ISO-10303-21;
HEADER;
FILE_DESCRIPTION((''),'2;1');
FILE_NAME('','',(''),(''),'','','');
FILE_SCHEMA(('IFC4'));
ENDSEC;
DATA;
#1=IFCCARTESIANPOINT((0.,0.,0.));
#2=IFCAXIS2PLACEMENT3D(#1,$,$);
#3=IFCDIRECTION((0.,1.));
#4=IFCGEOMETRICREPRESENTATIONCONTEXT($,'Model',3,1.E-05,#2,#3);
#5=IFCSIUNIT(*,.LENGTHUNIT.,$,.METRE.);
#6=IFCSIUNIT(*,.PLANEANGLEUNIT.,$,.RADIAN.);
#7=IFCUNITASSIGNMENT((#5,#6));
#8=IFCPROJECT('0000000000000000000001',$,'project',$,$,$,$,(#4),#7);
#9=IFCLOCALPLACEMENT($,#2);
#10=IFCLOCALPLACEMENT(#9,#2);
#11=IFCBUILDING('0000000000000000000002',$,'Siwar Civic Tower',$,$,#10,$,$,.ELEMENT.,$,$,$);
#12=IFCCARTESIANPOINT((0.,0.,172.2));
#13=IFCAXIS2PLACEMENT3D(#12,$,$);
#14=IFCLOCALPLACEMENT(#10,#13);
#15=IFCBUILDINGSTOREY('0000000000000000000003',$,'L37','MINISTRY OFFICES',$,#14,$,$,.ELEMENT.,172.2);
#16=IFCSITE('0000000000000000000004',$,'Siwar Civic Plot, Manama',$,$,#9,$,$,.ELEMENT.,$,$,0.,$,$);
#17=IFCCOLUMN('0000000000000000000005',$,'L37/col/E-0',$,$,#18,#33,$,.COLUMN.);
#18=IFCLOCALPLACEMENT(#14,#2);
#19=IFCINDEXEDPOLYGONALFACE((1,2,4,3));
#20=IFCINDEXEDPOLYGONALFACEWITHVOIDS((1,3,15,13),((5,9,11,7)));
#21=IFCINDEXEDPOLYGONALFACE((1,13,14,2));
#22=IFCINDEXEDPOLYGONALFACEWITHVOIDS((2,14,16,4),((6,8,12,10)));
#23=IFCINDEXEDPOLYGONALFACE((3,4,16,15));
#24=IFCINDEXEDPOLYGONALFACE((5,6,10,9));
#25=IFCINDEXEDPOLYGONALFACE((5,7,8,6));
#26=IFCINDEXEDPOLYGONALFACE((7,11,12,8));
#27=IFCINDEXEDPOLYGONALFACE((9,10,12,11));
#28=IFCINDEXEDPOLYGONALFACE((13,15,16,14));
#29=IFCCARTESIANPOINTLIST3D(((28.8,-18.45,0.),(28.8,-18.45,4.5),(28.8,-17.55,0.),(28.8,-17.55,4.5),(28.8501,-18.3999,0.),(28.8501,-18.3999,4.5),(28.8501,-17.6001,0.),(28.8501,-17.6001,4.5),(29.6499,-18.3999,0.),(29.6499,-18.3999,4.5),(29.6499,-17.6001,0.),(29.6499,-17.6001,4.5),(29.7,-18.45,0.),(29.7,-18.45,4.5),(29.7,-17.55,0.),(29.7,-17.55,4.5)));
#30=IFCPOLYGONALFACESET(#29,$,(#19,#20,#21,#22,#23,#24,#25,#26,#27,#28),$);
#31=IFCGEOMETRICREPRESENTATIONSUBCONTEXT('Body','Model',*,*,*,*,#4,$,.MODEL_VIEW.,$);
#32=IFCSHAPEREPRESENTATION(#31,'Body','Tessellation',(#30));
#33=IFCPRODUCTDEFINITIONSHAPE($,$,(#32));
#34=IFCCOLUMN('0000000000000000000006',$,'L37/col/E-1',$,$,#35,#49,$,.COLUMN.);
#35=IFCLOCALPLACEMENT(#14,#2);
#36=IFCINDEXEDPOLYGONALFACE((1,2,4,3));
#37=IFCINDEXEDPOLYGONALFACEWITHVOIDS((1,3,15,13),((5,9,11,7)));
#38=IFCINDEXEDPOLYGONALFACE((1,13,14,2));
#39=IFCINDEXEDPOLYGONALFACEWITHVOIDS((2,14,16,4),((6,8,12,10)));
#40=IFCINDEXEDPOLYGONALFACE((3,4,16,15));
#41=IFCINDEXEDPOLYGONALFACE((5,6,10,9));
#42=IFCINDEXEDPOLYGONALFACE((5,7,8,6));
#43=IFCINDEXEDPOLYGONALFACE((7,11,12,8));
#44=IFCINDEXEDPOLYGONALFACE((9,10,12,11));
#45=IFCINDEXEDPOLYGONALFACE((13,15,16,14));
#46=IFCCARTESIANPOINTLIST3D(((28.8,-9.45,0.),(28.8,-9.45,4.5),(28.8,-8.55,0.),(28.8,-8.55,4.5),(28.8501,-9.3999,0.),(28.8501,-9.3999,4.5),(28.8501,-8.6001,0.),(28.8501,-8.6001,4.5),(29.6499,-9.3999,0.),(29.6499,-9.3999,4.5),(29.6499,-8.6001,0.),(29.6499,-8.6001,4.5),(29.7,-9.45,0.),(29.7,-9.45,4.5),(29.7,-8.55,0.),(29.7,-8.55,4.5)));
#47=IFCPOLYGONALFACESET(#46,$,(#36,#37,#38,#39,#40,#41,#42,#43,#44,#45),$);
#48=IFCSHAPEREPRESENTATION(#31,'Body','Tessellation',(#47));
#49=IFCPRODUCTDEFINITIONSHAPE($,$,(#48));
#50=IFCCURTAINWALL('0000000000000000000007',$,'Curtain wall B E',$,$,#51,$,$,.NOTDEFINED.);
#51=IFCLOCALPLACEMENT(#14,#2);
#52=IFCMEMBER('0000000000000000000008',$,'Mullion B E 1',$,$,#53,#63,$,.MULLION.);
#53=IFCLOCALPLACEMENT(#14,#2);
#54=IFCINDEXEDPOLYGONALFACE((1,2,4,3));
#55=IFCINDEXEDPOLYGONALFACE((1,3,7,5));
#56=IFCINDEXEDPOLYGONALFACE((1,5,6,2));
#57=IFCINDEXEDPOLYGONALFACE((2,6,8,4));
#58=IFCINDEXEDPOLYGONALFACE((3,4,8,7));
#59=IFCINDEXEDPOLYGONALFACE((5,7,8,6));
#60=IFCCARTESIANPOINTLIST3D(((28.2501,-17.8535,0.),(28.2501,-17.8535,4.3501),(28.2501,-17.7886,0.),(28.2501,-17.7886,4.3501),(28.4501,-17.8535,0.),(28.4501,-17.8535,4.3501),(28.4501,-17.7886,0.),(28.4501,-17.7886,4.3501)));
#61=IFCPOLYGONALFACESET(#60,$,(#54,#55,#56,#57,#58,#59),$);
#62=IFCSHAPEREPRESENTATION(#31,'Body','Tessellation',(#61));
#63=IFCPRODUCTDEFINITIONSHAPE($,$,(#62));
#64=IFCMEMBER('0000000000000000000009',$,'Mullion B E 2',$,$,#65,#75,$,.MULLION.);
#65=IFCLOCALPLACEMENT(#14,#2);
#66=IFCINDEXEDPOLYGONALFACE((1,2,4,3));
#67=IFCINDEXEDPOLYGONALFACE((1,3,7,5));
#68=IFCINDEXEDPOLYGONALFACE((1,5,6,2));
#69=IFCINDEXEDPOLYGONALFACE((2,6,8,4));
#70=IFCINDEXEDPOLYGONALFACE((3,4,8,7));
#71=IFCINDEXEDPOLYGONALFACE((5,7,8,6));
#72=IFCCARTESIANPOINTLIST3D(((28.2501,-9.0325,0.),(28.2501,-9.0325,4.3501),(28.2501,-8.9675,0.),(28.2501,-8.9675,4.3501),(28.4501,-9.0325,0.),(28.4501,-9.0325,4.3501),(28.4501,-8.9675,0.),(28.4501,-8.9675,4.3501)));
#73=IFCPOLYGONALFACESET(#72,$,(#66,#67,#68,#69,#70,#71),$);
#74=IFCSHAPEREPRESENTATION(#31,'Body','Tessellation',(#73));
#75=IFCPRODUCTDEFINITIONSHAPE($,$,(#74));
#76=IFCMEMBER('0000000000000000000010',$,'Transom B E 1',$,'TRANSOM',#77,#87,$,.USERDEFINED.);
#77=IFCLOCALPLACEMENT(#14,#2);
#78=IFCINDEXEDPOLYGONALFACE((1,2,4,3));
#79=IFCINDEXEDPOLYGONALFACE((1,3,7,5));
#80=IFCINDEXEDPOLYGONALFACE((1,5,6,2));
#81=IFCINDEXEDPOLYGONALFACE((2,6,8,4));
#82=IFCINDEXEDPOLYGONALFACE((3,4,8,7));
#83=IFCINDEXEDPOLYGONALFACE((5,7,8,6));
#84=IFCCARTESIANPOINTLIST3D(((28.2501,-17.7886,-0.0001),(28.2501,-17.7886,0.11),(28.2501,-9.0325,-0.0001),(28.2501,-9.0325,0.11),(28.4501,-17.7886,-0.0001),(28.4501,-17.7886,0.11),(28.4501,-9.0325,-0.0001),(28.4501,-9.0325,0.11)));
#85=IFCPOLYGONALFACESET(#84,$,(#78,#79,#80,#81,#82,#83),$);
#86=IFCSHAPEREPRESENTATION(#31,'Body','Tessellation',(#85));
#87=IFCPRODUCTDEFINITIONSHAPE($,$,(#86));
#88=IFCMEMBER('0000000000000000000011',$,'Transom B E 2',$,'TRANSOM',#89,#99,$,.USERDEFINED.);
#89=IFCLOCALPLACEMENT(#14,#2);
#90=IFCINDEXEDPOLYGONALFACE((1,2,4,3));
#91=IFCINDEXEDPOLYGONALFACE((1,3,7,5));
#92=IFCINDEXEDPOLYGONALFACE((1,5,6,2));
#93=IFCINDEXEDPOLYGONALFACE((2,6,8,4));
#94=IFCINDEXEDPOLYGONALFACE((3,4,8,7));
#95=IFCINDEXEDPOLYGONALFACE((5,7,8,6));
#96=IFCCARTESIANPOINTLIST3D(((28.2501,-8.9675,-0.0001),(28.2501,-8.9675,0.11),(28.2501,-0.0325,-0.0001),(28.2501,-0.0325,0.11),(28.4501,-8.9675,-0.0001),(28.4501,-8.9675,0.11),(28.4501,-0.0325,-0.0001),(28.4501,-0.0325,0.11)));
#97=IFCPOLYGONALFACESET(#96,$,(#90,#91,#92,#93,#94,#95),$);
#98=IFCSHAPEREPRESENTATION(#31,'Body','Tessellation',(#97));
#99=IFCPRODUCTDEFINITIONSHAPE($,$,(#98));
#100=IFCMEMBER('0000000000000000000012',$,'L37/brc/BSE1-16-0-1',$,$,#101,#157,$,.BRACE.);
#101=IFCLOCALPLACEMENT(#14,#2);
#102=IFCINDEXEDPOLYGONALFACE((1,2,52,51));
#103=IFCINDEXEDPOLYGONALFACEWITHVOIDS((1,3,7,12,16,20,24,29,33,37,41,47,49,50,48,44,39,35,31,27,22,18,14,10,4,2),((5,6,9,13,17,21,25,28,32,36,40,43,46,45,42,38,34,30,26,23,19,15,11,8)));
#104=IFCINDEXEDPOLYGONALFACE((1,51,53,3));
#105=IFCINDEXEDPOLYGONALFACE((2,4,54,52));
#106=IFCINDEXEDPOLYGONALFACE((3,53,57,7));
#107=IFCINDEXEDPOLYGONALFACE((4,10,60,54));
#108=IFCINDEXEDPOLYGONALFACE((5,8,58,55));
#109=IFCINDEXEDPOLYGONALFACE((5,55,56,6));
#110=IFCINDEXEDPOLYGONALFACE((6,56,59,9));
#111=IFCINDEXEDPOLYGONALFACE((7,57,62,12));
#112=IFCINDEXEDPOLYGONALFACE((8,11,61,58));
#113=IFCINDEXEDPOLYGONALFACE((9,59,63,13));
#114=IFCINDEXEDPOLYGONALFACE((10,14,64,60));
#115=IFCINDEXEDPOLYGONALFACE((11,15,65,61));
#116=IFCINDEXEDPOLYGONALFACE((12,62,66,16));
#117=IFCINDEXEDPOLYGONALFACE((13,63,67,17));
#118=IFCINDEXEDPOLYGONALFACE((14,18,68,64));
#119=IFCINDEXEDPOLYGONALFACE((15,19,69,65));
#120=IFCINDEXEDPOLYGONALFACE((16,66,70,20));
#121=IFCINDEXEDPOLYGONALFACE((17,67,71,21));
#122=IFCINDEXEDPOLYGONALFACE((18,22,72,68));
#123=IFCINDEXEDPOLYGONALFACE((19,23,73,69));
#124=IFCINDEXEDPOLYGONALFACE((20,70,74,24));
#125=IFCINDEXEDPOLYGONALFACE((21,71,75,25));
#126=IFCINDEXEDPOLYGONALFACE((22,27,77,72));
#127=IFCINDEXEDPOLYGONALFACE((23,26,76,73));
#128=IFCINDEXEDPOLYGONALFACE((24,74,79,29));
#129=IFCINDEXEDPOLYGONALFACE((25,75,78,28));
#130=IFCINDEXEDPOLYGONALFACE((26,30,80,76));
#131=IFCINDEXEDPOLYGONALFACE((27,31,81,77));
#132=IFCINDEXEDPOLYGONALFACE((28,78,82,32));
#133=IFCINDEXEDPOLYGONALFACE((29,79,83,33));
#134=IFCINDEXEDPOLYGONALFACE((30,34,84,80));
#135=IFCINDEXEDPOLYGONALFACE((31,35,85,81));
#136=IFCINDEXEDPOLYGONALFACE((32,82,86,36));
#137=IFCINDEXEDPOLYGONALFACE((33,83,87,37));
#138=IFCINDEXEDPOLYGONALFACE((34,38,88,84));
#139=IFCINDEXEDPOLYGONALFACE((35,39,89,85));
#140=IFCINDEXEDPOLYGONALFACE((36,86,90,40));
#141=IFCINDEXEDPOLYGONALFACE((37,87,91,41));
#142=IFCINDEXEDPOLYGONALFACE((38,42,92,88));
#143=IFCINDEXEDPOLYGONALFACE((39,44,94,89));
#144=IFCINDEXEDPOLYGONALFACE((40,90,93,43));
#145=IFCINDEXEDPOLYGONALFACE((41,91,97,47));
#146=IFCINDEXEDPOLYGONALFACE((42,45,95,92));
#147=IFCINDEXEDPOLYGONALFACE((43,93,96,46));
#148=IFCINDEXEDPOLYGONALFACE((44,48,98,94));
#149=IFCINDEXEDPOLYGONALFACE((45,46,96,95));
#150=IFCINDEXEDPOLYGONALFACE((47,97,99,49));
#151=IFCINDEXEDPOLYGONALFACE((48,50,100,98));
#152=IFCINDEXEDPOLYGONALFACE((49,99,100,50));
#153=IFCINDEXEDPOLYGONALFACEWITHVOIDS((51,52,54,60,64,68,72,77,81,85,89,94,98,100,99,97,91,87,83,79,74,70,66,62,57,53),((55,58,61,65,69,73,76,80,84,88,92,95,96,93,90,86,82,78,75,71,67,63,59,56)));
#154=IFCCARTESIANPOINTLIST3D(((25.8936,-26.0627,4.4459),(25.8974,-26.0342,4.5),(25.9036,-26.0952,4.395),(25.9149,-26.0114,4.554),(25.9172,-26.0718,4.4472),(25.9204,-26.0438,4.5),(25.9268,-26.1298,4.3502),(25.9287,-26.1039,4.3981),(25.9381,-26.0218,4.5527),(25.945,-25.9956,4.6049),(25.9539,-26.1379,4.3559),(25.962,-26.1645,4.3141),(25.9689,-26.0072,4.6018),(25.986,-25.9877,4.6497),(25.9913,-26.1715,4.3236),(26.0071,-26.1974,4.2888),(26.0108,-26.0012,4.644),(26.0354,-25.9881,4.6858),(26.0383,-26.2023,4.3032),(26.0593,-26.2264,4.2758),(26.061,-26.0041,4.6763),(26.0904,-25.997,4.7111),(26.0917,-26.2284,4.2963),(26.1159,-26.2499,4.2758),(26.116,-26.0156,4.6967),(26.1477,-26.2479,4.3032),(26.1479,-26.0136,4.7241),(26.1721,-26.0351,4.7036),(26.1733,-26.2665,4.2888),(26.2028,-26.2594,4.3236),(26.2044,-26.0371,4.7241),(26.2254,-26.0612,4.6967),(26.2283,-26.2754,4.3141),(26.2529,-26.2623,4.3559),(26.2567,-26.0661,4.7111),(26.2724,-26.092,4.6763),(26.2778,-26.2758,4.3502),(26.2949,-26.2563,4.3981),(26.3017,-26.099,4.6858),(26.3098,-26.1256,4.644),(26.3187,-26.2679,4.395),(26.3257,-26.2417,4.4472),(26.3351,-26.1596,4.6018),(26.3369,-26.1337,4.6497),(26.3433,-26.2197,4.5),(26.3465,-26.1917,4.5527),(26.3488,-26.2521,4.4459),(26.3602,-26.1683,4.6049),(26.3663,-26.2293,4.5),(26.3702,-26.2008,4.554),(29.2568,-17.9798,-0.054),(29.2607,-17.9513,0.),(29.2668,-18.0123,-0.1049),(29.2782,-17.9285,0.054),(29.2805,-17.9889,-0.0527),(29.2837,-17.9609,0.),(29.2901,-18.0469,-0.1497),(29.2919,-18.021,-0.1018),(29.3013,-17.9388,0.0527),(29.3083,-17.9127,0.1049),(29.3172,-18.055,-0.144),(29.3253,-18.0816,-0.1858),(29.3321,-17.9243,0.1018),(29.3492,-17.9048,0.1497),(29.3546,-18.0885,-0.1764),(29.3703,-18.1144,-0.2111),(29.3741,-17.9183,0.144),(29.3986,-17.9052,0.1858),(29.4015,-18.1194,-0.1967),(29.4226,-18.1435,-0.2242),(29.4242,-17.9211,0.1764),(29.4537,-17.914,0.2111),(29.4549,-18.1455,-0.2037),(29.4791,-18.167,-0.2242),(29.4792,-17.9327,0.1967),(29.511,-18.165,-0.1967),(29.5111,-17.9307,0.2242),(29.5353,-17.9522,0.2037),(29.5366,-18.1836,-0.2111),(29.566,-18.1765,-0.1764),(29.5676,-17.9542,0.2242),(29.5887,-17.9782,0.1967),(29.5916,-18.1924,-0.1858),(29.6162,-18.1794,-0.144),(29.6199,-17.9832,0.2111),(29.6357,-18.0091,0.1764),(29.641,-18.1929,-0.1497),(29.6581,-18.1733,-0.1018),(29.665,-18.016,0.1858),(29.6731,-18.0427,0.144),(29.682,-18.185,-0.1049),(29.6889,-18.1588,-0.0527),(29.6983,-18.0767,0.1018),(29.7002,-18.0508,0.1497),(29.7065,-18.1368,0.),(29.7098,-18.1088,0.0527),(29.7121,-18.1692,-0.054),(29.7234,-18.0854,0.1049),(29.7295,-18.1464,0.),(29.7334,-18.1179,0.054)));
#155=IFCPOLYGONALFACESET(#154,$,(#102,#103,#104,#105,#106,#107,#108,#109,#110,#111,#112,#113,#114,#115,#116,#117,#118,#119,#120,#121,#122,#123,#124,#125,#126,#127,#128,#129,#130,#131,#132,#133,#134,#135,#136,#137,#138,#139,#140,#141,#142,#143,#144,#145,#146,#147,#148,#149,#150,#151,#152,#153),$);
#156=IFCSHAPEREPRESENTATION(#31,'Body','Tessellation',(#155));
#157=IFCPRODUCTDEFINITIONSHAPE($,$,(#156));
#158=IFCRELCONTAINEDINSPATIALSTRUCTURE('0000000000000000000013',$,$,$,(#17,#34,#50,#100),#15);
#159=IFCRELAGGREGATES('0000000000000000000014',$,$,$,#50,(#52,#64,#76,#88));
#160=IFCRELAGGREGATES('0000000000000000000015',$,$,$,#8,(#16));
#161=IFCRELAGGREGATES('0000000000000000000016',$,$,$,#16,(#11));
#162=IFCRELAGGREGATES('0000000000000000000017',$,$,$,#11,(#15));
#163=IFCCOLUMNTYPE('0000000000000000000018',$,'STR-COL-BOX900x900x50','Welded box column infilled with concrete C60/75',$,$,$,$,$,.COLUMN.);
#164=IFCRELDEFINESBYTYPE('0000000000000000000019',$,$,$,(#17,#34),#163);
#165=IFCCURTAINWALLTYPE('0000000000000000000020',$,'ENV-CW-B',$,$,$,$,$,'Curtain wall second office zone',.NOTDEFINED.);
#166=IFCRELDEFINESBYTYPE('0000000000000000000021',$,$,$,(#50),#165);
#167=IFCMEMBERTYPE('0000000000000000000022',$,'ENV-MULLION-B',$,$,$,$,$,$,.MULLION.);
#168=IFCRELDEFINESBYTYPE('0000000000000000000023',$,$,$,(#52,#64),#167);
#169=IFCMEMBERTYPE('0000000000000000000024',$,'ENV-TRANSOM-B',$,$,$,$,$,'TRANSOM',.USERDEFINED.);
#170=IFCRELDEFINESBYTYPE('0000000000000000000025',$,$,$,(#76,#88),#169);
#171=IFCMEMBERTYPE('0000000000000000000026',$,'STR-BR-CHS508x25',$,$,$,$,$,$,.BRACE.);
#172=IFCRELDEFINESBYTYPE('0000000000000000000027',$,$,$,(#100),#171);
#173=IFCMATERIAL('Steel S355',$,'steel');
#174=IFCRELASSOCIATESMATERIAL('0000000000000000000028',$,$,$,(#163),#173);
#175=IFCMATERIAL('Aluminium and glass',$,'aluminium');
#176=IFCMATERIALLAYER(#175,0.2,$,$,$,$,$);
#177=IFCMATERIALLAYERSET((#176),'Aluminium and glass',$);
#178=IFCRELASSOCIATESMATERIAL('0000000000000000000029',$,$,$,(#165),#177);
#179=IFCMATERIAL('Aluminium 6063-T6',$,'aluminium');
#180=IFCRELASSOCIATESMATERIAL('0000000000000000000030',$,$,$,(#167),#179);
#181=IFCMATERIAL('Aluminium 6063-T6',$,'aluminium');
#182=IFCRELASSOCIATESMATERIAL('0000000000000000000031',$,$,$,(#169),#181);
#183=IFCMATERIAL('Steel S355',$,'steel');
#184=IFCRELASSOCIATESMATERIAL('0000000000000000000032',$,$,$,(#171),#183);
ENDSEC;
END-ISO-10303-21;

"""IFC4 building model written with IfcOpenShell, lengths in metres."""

from ifc_helpers import new_model, si_unit, direction, frame, origin, origin_2d, place, context, subcontext, project, spatial, rectangle, hollow_rectangle, hollow_circle, extrude, material, layer, layer_set, material_profile, profile_set, type_object, element, aggregate, save


model = new_model("IFC4")

# Units and contexts
model_context = context("Model", 3, precision=1e-05, world=origin(), true_north=direction((0.0, 1.0)))
body_context = subcontext(model_context, "Body", "Model", "MODEL_VIEW")
ifc_project = project(units=[si_unit("LENGTHUNIT", "METRE"), si_unit("PLANEANGLEUNIT", "RADIAN")], contexts=[model_context])

# Site, building, storey
site_placement = place(None, origin())
site = spatial("IfcSite", under=ifc_project, at=site_placement, Name="Siwar Civic Plot, Manama", CompositionType="ELEMENT", RefElevation=0.0)
building_placement = place(site_placement, origin())
building = spatial("IfcBuilding", under=site, at=building_placement, Name="Siwar Civic Tower", CompositionType="ELEMENT")
storey_placement = place(building_placement, frame((0.0, 0.0, 172.2)))
storey = spatial("IfcBuildingStorey", under=building, at=storey_placement, Name="L37", Description="MINISTRY OFFICES", CompositionType="ELEMENT", Elevation=172.2)

# Columns
ifc_material_1 = material(Name="Steel S355", Category="steel")
ifc_material_profile_1 = material_profile(ifc_material_1, hollow_rectangle(XDim=0.8999, YDim=0.8999, WallThickness=0.05, at=origin_2d()), Name="BOX900x900x50")
ifc_profile_set_1 = profile_set([ifc_material_profile_1], Name="Steel S355")
column_type = type_object("IfcColumnType", Name="STR-COL-BOX900x900x50", Description="Welded box column infilled with concrete C60/75", PredefinedType="COLUMN", material=ifc_profile_set_1)
for number, where, z_axis, x_axis, name in (
    (1, (29.25, -18.0, 0.0), (0.0, 0.0, 1.0), (1.0, 0.0, 0.0), "L37/col/E-0"),
    (2, (29.25, -9.0, 0.0), (0.0, 0.0, 1.0), (1.0, 0.0, 0.0), "L37/col/E-1"),
):
    element("IfcColumn", number, at=place(storey_placement, frame(where, z_axis=z_axis, x_axis=x_axis)), inside=storey, type_object=column_type, Name=name, PredefinedType="COLUMN", context=body_context, shape_type="SweptSolid", body=[
        extrude(hollow_rectangle(XDim=0.8999, YDim=0.8999, WallThickness=0.05, at=origin_2d()), origin(), (0.0, 0.0, 1.0), 4.5),
    ])

# Curtain wall, members
ifc_material_2 = material(Name="Aluminium and glass", Category="aluminium")
ifc_layer_1 = layer(ifc_material_2, 0.2)
ifc_layer_set_1 = layer_set([ifc_layer_1], Name="Aluminium and glass")
curtain_wall_type = type_object("IfcCurtainWallType", Name="ENV-CW-B", ElementType="Curtain wall second office zone", PredefinedType="NOTDEFINED", material=ifc_layer_set_1)
curtain_wall_placement = place(storey_placement, origin())
curtain_wall = element("IfcCurtainWall", 3, at=curtain_wall_placement, inside=storey, type_object=curtain_wall_type, Name="Curtain wall B E", PredefinedType="NOTDEFINED")
ifc_material_3 = material(Name="Aluminium 6063-T6", Category="aluminium")
ifc_material_profile_2 = material_profile(ifc_material_3, rectangle(XDim=0.2, YDim=0.0649, at=origin_2d()), Name="AL 200x65")
ifc_profile_set_2 = profile_set([ifc_material_profile_2], Name="Aluminium 6063-T6")
member_type_1 = type_object("IfcMemberType", Name="ENV-MULLION-B", PredefinedType="MULLION", material=ifc_profile_set_2)
member_1_placement = place(storey_placement, frame((28.3501, -17.821, 0.0), z_axis=(0.0, 0.0, 1.0), x_axis=(-1.0, 0.0, 0.0)))
member_1 = element("IfcMember", 4, at=member_1_placement, type_object=member_type_1, Name="Mullion B E 1", PredefinedType="MULLION", context=body_context, shape_type="SweptSolid", body=[
    extrude(rectangle(XDim=0.2, YDim=0.0649, at=origin_2d()), origin(), (0.0, 0.0, 1.0), 4.3501),
])
member_2_placement = place(storey_placement, frame((28.3501, -9.0, 0.0), z_axis=(0.0, 0.0, 1.0), x_axis=(-1.0, 0.0, 0.0)))
member_2 = element("IfcMember", 5, at=member_2_placement, type_object=member_type_1, Name="Mullion B E 2", PredefinedType="MULLION", context=body_context, shape_type="SweptSolid", body=[
    extrude(rectangle(XDim=0.2, YDim=0.0649, at=origin_2d()), origin(), (0.0, 0.0, 1.0), 4.3501),
])
ifc_material_4 = material(Name="Aluminium 6063-T6", Category="aluminium")
ifc_material_profile_3 = material_profile(ifc_material_4, rectangle(XDim=0.2, YDim=0.1101, at=origin_2d()), Name="AL 200x110")
ifc_profile_set_3 = profile_set([ifc_material_profile_3], Name="Aluminium 6063-T6")
member_type_2 = type_object("IfcMemberType", Name="ENV-TRANSOM-B", ElementType="TRANSOM", PredefinedType="USERDEFINED", material=ifc_profile_set_3)
member_3_placement = place(storey_placement, frame((28.3501, -17.7886, 0.0549), z_axis=(0.0, 1.0, 0.0), x_axis=(-1.0, 0.0, 0.0)))
member_3 = element("IfcMember", 6, at=member_3_placement, type_object=member_type_2, Name="Transom B E 1", ObjectType="TRANSOM", PredefinedType="USERDEFINED", context=body_context, shape_type="SweptSolid", body=[
    extrude(rectangle(XDim=0.2, YDim=0.1101, at=origin_2d()), origin(), (0.0, 0.0, 1.0), 8.7561),
])
member_4_placement = place(storey_placement, frame((28.3501, -8.9675, 0.0549), z_axis=(0.0, 1.0, 0.0), x_axis=(-1.0, 0.0, 0.0)))
member_4 = element("IfcMember", 7, at=member_4_placement, type_object=member_type_2, Name="Transom B E 2", ObjectType="TRANSOM", PredefinedType="USERDEFINED", context=body_context, shape_type="SweptSolid", body=[
    extrude(rectangle(XDim=0.2, YDim=0.1101, at=origin_2d()), origin(), (0.0, 0.0, 1.0), 8.9351),
])

# Member
ifc_material_5 = material(Name="Steel S355", Category="steel")
ifc_material_profile_4 = material_profile(ifc_material_5, hollow_circle(Radius=0.2539, WallThickness=0.0249, at=origin_2d()), Name="CHS508x25")
ifc_profile_set_4 = profile_set([ifc_material_profile_4], Name="Steel S355")
member_type_3 = type_object("IfcMemberType", Name="STR-BR-CHS508x25", PredefinedType="BRACE", material=ifc_profile_set_4)
member_5_placement = place(storey_placement, frame((29.4951, -18.0488, 0.0), z_axis=(-0.341671, -0.821143, 0.457149), x_axis=(0.923265, -0.384164, 0.0)))
element("IfcMember", 8, at=member_5_placement, inside=storey, type_object=member_type_3, Name="L37/brc/BSE1-16-0-1", PredefinedType="BRACE", context=body_context, shape_type="SweptSolid", body=[
    extrude(hollow_circle(Radius=0.2539, WallThickness=0.0249, at=origin_2d()), origin(), (0.0, 0.0, 1.0), 9.8435),
])

aggregate(curtain_wall, [member_1, member_2, member_3, member_4])

save(model, "model.ifc")
